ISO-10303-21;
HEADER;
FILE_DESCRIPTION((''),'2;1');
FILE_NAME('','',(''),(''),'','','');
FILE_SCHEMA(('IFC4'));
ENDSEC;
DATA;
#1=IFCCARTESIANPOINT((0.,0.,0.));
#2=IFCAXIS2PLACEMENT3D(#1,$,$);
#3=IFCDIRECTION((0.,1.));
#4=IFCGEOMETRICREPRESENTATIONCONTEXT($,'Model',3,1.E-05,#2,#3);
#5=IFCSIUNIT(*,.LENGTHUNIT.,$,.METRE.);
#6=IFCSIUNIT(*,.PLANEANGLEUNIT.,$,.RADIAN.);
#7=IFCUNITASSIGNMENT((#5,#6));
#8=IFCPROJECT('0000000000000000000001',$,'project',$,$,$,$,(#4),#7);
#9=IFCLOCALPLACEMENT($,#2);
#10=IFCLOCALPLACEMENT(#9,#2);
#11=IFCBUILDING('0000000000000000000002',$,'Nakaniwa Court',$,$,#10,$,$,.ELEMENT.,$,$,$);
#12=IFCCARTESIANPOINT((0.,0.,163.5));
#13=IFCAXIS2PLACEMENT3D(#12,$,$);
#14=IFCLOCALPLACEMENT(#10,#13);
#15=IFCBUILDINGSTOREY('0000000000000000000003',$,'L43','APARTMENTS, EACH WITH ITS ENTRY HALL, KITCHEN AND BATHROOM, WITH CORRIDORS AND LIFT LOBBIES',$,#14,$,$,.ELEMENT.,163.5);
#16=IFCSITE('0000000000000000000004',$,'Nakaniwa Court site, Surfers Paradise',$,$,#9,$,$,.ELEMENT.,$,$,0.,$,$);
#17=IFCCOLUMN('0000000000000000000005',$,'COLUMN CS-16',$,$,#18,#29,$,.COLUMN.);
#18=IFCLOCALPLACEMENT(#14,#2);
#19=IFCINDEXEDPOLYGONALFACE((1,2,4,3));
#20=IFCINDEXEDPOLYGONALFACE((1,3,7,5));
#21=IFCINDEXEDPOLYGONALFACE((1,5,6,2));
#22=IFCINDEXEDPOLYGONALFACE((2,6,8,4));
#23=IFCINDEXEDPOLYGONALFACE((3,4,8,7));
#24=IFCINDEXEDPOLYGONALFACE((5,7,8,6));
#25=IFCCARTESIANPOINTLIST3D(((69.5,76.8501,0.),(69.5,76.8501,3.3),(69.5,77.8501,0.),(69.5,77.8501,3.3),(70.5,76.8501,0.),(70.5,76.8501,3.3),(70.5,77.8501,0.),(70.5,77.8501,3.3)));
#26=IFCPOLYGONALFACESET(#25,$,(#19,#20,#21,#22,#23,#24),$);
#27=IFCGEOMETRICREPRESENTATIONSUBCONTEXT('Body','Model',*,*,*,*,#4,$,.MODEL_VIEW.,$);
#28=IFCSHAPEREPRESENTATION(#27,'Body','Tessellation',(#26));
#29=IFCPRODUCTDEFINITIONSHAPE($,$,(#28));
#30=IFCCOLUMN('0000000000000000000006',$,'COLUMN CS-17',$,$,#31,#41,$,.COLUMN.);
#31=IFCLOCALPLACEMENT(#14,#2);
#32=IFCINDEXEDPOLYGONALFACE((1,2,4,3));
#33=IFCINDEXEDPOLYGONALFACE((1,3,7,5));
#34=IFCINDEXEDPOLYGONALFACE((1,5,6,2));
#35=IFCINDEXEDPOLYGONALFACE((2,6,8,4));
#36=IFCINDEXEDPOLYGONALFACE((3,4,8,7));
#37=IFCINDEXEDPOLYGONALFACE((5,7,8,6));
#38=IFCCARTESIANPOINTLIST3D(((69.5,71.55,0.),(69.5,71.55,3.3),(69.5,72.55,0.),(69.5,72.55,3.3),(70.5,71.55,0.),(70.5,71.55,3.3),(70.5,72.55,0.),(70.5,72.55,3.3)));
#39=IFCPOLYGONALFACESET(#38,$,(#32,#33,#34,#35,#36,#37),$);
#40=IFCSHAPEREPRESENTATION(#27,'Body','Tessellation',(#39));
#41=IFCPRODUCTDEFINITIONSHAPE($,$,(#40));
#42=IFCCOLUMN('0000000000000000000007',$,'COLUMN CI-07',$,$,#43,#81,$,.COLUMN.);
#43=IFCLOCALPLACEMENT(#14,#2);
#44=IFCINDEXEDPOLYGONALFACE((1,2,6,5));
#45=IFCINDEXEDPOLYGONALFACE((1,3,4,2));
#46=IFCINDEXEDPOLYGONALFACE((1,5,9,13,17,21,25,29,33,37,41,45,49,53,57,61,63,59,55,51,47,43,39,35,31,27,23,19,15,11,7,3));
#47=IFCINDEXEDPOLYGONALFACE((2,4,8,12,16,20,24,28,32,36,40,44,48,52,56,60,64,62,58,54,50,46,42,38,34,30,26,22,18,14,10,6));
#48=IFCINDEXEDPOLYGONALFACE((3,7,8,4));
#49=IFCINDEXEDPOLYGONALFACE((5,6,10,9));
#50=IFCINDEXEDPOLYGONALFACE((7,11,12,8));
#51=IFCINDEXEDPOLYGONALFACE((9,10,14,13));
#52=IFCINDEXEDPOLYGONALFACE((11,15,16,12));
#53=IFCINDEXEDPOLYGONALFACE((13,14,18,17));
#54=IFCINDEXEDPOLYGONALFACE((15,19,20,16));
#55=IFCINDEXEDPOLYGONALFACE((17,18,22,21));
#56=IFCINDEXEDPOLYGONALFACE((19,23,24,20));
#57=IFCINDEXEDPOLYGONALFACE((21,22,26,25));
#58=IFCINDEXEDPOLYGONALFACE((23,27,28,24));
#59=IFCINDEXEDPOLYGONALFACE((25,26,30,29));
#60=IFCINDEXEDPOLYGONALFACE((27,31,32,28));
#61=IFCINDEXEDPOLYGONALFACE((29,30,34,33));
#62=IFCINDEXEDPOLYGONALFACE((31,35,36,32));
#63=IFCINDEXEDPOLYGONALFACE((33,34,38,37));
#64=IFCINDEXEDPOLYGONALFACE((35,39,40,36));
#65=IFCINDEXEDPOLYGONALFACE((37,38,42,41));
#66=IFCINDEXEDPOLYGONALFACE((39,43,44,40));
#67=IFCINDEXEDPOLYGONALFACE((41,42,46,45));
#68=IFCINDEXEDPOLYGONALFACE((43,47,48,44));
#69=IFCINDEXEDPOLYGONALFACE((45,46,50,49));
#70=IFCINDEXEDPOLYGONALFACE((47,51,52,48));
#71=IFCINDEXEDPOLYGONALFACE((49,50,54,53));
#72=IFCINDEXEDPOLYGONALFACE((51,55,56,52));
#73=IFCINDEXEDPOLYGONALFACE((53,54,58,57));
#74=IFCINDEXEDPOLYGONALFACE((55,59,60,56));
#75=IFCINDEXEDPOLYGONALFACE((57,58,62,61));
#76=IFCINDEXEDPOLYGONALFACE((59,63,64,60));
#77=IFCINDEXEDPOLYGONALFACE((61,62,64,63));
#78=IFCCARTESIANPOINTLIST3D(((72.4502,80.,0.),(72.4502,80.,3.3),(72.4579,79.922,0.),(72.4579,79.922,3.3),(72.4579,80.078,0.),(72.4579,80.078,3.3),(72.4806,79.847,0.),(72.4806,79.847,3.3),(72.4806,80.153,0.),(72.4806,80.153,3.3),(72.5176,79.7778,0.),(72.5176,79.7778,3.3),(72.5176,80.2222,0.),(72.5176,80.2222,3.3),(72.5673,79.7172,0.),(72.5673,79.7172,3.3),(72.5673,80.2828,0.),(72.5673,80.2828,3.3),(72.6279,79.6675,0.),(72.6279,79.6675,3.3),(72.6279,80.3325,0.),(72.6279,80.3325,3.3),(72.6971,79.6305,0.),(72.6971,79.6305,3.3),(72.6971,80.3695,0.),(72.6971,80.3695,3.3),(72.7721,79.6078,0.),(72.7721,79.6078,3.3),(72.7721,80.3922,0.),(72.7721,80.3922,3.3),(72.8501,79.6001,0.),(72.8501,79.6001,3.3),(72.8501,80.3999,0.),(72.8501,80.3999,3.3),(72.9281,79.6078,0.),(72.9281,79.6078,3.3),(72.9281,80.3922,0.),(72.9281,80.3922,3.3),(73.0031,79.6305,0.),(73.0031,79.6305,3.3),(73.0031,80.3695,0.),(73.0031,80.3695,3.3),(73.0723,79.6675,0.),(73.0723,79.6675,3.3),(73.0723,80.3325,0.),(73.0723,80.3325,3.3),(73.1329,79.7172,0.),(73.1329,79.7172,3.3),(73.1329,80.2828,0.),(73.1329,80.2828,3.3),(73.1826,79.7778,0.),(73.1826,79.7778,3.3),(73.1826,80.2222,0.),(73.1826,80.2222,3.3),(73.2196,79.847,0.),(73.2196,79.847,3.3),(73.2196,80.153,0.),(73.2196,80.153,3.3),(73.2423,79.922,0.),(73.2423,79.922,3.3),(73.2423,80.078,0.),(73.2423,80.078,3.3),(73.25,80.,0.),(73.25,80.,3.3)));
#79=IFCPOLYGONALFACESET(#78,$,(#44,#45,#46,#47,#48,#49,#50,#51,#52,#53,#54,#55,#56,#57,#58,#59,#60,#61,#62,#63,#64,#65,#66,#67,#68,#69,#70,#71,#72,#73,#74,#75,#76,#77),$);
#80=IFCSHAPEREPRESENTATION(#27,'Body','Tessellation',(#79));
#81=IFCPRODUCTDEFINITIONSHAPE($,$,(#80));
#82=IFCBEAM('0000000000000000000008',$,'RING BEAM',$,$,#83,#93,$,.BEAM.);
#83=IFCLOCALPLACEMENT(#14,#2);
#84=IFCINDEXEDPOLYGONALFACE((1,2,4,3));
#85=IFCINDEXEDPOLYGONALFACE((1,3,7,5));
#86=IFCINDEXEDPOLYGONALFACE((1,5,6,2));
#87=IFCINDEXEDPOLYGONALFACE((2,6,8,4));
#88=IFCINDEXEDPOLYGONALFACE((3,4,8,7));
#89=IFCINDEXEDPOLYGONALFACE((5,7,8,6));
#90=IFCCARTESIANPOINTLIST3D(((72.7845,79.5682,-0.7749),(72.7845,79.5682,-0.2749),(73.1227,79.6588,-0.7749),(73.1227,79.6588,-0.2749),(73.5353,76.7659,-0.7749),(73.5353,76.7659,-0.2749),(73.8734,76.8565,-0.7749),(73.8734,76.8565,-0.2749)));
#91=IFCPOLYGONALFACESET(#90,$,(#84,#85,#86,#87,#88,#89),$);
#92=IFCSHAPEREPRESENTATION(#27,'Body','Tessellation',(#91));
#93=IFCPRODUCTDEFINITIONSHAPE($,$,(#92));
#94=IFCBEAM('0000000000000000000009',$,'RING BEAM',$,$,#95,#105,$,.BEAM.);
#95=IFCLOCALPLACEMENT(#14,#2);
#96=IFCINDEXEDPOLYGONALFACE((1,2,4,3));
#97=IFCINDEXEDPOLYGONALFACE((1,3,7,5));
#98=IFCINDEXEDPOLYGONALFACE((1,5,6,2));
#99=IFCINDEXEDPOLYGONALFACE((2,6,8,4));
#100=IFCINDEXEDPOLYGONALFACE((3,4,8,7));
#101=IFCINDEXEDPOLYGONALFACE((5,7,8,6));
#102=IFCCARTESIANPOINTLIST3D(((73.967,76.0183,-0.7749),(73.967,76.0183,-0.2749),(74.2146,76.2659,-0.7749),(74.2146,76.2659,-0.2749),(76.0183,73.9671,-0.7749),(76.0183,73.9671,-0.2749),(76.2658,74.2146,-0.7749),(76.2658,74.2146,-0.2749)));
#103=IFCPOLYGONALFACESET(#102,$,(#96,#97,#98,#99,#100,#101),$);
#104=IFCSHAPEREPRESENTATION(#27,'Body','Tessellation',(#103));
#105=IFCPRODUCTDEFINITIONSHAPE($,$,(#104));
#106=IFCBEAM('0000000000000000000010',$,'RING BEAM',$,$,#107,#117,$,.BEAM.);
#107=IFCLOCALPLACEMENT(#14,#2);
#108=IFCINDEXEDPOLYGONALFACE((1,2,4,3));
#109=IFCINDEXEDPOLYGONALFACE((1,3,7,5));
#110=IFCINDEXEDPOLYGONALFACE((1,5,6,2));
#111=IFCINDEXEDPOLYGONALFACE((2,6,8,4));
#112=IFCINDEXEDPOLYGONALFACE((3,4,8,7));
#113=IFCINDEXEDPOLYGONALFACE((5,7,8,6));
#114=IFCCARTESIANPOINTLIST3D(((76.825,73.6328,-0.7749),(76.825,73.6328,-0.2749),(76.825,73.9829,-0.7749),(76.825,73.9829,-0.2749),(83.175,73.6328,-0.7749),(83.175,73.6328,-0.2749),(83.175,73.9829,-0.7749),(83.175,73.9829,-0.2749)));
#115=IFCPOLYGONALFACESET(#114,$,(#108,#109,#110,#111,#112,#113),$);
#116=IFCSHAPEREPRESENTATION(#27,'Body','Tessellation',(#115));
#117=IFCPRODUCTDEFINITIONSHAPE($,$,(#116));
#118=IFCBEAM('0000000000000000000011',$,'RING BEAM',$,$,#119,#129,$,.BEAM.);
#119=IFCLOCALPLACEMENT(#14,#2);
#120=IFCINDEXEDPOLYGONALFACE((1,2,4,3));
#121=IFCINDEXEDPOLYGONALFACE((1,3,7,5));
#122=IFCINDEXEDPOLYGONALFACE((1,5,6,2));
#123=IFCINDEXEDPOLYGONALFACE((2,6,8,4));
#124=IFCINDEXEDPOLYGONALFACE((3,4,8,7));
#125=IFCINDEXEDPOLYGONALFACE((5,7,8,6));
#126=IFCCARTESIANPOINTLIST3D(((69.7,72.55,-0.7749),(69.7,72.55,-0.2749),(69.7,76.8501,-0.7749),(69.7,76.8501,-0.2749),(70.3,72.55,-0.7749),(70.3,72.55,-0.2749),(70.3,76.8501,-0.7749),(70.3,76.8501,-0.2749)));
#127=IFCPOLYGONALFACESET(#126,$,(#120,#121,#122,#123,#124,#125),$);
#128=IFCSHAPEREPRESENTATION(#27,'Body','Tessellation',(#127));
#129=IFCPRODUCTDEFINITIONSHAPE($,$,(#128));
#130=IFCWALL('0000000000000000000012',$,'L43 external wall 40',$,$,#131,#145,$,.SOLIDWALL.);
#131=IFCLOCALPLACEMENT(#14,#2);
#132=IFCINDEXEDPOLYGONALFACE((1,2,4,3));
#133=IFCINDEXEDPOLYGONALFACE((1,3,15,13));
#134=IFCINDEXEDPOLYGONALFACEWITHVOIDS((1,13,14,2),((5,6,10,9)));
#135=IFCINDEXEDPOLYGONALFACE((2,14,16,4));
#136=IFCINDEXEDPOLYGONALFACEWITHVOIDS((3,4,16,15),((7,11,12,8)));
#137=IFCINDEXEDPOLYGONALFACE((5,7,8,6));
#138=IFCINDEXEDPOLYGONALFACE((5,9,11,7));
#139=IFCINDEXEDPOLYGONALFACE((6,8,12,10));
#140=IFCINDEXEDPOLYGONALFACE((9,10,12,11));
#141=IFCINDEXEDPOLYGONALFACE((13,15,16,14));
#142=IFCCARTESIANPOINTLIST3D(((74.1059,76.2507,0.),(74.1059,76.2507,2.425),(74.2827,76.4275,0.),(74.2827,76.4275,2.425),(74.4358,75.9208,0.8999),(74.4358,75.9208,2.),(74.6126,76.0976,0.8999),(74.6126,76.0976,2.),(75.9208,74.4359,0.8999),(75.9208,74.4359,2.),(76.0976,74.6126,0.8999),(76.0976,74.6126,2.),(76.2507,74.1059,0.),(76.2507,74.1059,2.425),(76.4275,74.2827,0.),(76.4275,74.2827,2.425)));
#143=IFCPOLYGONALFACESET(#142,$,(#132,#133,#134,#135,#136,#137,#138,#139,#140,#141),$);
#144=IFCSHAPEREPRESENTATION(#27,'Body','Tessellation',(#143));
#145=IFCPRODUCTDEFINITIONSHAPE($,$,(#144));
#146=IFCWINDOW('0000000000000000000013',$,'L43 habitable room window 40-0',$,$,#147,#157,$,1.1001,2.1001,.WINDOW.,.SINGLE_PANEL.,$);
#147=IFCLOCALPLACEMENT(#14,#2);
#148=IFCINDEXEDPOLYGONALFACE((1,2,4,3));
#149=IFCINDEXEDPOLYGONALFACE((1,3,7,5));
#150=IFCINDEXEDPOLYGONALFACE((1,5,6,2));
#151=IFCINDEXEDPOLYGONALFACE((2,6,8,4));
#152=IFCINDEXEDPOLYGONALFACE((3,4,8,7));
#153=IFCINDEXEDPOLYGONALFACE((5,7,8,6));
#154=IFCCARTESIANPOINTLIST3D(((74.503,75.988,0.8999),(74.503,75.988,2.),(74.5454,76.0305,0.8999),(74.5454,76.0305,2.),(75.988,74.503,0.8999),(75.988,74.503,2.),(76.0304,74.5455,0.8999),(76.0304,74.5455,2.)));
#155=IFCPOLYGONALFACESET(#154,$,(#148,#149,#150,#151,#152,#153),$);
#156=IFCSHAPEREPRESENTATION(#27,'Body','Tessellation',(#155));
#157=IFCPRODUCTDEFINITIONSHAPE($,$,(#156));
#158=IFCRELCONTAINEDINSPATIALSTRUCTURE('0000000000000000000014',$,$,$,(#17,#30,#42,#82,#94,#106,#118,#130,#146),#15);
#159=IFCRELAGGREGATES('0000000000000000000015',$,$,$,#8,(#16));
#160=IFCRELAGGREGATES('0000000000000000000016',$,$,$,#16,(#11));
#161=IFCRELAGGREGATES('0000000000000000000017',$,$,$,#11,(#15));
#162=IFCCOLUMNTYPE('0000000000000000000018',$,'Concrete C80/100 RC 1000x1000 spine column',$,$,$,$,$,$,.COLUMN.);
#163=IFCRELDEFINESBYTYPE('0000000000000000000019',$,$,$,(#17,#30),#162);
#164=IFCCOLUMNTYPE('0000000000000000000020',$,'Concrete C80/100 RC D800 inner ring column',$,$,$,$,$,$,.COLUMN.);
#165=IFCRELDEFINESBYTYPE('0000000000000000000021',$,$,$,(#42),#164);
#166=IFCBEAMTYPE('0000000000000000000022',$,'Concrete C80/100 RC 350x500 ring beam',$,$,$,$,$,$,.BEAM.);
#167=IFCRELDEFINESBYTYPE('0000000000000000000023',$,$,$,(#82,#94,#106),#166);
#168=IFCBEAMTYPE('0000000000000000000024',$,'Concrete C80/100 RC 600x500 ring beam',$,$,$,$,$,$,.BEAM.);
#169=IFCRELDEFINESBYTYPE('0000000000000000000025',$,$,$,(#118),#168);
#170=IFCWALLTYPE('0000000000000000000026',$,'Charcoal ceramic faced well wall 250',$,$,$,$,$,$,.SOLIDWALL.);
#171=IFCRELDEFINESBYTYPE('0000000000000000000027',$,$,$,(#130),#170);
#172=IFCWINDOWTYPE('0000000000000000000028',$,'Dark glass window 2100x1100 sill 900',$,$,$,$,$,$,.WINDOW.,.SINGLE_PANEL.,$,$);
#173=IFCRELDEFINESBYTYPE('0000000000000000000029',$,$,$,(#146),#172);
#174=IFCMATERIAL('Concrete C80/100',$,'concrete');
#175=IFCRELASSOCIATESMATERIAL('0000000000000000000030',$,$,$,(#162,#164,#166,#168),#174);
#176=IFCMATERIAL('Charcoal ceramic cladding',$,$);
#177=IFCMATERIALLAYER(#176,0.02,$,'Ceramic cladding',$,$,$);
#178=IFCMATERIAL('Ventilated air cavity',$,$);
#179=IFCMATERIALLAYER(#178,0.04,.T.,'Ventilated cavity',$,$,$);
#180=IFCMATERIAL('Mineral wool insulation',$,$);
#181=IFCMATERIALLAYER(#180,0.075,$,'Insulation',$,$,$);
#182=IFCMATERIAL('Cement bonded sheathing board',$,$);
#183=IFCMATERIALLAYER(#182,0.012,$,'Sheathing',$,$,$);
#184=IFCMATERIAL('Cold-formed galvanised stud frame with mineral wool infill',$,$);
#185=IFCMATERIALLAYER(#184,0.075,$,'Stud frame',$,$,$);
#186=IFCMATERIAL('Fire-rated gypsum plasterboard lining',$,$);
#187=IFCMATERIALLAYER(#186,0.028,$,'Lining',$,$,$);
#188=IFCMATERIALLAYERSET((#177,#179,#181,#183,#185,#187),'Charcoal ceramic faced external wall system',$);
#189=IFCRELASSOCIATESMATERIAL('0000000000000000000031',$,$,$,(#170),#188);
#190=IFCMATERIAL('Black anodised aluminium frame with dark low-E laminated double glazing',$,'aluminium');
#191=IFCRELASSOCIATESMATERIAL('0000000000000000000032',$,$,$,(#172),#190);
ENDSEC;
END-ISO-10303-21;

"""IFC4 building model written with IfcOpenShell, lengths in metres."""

from ifc_helpers import new_model, si_unit, direction, frame, frame_2d, origin, origin_2d, place, context, subcontext, project, spatial, rectangle, circle, extrude, material, layer, layer_set, material_profile, profile_set, type_object, element, fill, save


model = new_model("IFC4")

# Units and contexts
model_context = context("Model", 3, precision=1e-05, world=origin(), true_north=direction((0.0, 1.0)))
body_context = subcontext(model_context, "Body", "Model", "MODEL_VIEW")
ifc_project = project(units=[si_unit("LENGTHUNIT", "METRE"), si_unit("PLANEANGLEUNIT", "RADIAN")], contexts=[model_context])

# Site, building, storey
site_placement = place(None, origin())
site = spatial("IfcSite", under=ifc_project, at=site_placement, Name="Nakaniwa Court site, Surfers Paradise", CompositionType="ELEMENT", RefElevation=0.0)
building_placement = place(site_placement, origin())
building = spatial("IfcBuilding", under=site, at=building_placement, Name="Nakaniwa Court", CompositionType="ELEMENT")
storey_placement = place(building_placement, frame((0.0, 0.0, 163.5)))
storey = spatial("IfcBuildingStorey", under=building, at=storey_placement, Name="L43", Description="APARTMENTS, EACH WITH ITS ENTRY HALL, KITCHEN AND BATHROOM, WITH CORRIDORS AND LIFT LOBBIES", CompositionType="ELEMENT", Elevation=163.5)

# Columns
ifc_material_1 = material(Name="Concrete C80/100", Category="concrete")
ifc_material_profile_1 = material_profile(ifc_material_1, rectangle(XDim=1.0, YDim=1.0, at=origin_2d()), Name="Concrete C80/100 RC 1000x1000 spine column")
ifc_profile_set_1 = profile_set([ifc_material_profile_1], Name="Concrete C80/100")
column_type_1 = type_object("IfcColumnType", Name="Concrete C80/100 RC 1000x1000 spine column", PredefinedType="COLUMN", material=ifc_profile_set_1)
for number, where, z_axis, x_axis, name in (
    (1, (70.0, 77.3501, 0.0), (0.0, 0.0, 1.0), (0.0, -1.0, 0.0), "COLUMN CS-16"),
    (2, (70.0, 72.05, 0.0), (0.0, 0.0, 1.0), (0.0, -1.0, 0.0), "COLUMN CS-17"),
):
    element("IfcColumn", number, at=place(storey_placement, frame(where, z_axis=z_axis, x_axis=x_axis)), inside=storey, type_object=column_type_1, Name=name, PredefinedType="COLUMN", context=body_context, shape_type="SweptSolid", body=[
        extrude(rectangle(XDim=1.0, YDim=1.0, at=origin_2d()), origin(), (0.0, 0.0, 1.0), 3.3),
    ])
ifc_material_profile_2 = material_profile(ifc_material_1, circle(Radius=0.3999, at=origin_2d()), Name="Concrete C80/100 RC D800 inner ring column")
ifc_profile_set_2 = profile_set([ifc_material_profile_2], Name="Concrete C80/100")
column_type_2 = type_object("IfcColumnType", Name="Concrete C80/100 RC D800 inner ring column", PredefinedType="COLUMN", material=ifc_profile_set_2)
for number, where, z_axis, x_axis, name in (
    (3, (72.8501, 80.0, 0.0), (0.0, 0.0, 1.0), (0.0, -1.0, 0.0), "COLUMN CI-07"),
):
    element("IfcColumn", number, at=place(storey_placement, frame(where, z_axis=z_axis, x_axis=x_axis)), inside=storey, type_object=column_type_2, Name=name, PredefinedType="COLUMN", context=body_context, shape_type="SweptSolid", body=[
        extrude(circle(Radius=0.3999, at=origin_2d()), origin(), (0.0, 0.0, 1.0), 3.3),
    ])

# Beams
ifc_material_profile_3 = material_profile(ifc_material_1, rectangle(XDim=0.3501, YDim=0.5, at=origin_2d()), Name="Concrete C80/100 RC 350x500 ring beam")
ifc_profile_set_3 = profile_set([ifc_material_profile_3], Name="Concrete C80/100")
beam_type_1 = type_object("IfcBeamType", Name="Concrete C80/100 RC 350x500 ring beam", PredefinedType="BEAM", material=ifc_profile_set_3)
beam_1_placement = place(storey_placement, frame((72.9536, 79.6135, -0.5249), z_axis=(0.258778, -0.965937, 0.0), x_axis=(0.965937, 0.258778, 0.0)))
element("IfcBeam", 4, at=beam_1_placement, inside=storey, type_object=beam_type_1, Name="RING BEAM", PredefinedType="BEAM", context=body_context, shape_type="SweptSolid", body=[
    extrude(rectangle(XDim=0.3501, YDim=0.5, at=origin_2d()), origin(), (0.0, 0.0, 1.0), 2.9011),
])
beam_2_placement = place(storey_placement, frame((74.0908, 76.1421, -0.5249), z_axis=(0.707107, -0.707107, 0.0), x_axis=(0.707107, 0.707107, 0.0)))
element("IfcBeam", 5, at=beam_2_placement, inside=storey, type_object=beam_type_1, Name="RING BEAM", PredefinedType="BEAM", context=body_context, shape_type="SweptSolid", body=[
    extrude(rectangle(XDim=0.3501, YDim=0.5, at=origin_2d()), origin(), (0.0, 0.0, 1.0), 2.9009),
])
beam_3_placement = place(storey_placement, frame((76.825, 73.8079, -0.5249), z_axis=(1.0, 0.0, 0.0), x_axis=(0.0, 1.0, 0.0)))
element("IfcBeam", 6, at=beam_3_placement, inside=storey, type_object=beam_type_1, Name="RING BEAM", PredefinedType="BEAM", context=body_context, shape_type="SweptSolid", body=[
    extrude(rectangle(XDim=0.3501, YDim=0.5, at=origin_2d()), origin(), (0.0, 0.0, 1.0), 6.3501),
])
ifc_material_profile_4 = material_profile(ifc_material_1, rectangle(XDim=0.6001, YDim=0.5, at=origin_2d()), Name="Concrete C80/100 RC 600x500 ring beam")
ifc_profile_set_4 = profile_set([ifc_material_profile_4], Name="Concrete C80/100")
beam_type_2 = type_object("IfcBeamType", Name="Concrete C80/100 RC 600x500 ring beam", PredefinedType="BEAM", material=ifc_profile_set_4)
beam_4_placement = place(storey_placement, frame((70.0, 76.8501, -0.5249), z_axis=(0.0, -1.0, 0.0), x_axis=(1.0, 0.0, 0.0)))
element("IfcBeam", 7, at=beam_4_placement, inside=storey, type_object=beam_type_2, Name="RING BEAM", PredefinedType="BEAM", context=body_context, shape_type="SweptSolid", body=[
    extrude(rectangle(XDim=0.6001, YDim=0.5, at=origin_2d()), origin(), (0.0, 0.0, 1.0), 4.3),
])

# Wall, opening, window
ifc_material_2 = material(Name="Charcoal ceramic cladding")
ifc_layer_1 = layer(ifc_material_2, 0.02, Name="Ceramic cladding")
ifc_material_3 = material(Name="Ventilated air cavity")
ifc_layer_2 = layer(ifc_material_3, 0.04, ventilated=True, Name="Ventilated cavity")
ifc_material_4 = material(Name="Mineral wool insulation")
ifc_layer_3 = layer(ifc_material_4, 0.075, Name="Insulation")
ifc_material_5 = material(Name="Cement bonded sheathing board")
ifc_layer_4 = layer(ifc_material_5, 0.012, Name="Sheathing")
ifc_material_6 = material(Name="Cold-formed galvanised stud frame with mineral wool infill")
ifc_layer_5 = layer(ifc_material_6, 0.075, Name="Stud frame")
ifc_material_7 = material(Name="Fire-rated gypsum plasterboard lining")
ifc_layer_6 = layer(ifc_material_7, 0.028, Name="Lining")
ifc_layer_set_1 = layer_set([ifc_layer_1, ifc_layer_2, ifc_layer_3, ifc_layer_4, ifc_layer_5, ifc_layer_6], Name="Charcoal ceramic faced external wall system")
wall_type_1 = type_object("IfcWallType", Name="Charcoal ceramic faced well wall 250", PredefinedType="SOLIDWALL", material=ifc_layer_set_1)
wall_1_placement = place(storey_placement, frame((76.3391, 74.1943, 0.0), z_axis=(0.0, 0.0, 1.0), x_axis=(-0.707107, 0.707107, 0.0)))
wall_1 = element("IfcWall", 8, at=wall_1_placement, inside=storey, type_object=wall_type_1, Name="L43 external wall 40", PredefinedType="SOLIDWALL", context=body_context, shape_type="SweptSolid", body=[
    extrude(rectangle(XDim=3.0332, YDim=0.25, at=frame_2d((1.5166, 0.0))), origin(), (0.0, 0.0, 1.0), 2.425),
])
opening_1_placement = place(wall_1_placement, frame((0.4666, 0.0, 0.8999)))
opening_1 = element("IfcOpeningElement", 9, at=opening_1_placement, cuts=wall_1, PredefinedType="OPENING", context=body_context, shape_type="SweptSolid", body=[
    extrude(rectangle(XDim=2.1001, YDim=1.1001, at=frame_2d((1.05, 0.55))), frame((0.0, 0.135, 0.0), z_axis=(0.0, -1.0, 0.0), x_axis=(1.0, 0.0, 0.0)), (0.0, 0.0, 1.0), 0.27),
])
ifc_material_8 = material(Name="Black anodised aluminium frame with dark low-E laminated double glazing", Category="aluminium")
window_type = type_object("IfcWindowType", Name="Dark glass window 2100x1100 sill 900", PartitioningType="SINGLE_PANEL", PredefinedType="WINDOW", material=ifc_material_8)
window_1_placement = place(opening_1_placement, origin())
window_1 = element("IfcWindow", 10, at=window_1_placement, inside=storey, type_object=window_type, Name="L43 habitable room window 40-0", OverallHeight=1.1001, OverallWidth=2.1001, PartitioningType="SINGLE_PANEL", PredefinedType="WINDOW", context=body_context, shape_type="SweptSolid", body=[
    extrude(rectangle(XDim=2.1001, YDim=1.1001, at=frame_2d((1.05, 0.55))), frame((0.0, 0.03, 0.0), z_axis=(0.0, -1.0, 0.0), x_axis=(1.0, 0.0, 0.0)), (0.0, 0.0, 1.0), 0.0601),
])
fill(opening_1, window_1)

save(model, "model.ifc")
